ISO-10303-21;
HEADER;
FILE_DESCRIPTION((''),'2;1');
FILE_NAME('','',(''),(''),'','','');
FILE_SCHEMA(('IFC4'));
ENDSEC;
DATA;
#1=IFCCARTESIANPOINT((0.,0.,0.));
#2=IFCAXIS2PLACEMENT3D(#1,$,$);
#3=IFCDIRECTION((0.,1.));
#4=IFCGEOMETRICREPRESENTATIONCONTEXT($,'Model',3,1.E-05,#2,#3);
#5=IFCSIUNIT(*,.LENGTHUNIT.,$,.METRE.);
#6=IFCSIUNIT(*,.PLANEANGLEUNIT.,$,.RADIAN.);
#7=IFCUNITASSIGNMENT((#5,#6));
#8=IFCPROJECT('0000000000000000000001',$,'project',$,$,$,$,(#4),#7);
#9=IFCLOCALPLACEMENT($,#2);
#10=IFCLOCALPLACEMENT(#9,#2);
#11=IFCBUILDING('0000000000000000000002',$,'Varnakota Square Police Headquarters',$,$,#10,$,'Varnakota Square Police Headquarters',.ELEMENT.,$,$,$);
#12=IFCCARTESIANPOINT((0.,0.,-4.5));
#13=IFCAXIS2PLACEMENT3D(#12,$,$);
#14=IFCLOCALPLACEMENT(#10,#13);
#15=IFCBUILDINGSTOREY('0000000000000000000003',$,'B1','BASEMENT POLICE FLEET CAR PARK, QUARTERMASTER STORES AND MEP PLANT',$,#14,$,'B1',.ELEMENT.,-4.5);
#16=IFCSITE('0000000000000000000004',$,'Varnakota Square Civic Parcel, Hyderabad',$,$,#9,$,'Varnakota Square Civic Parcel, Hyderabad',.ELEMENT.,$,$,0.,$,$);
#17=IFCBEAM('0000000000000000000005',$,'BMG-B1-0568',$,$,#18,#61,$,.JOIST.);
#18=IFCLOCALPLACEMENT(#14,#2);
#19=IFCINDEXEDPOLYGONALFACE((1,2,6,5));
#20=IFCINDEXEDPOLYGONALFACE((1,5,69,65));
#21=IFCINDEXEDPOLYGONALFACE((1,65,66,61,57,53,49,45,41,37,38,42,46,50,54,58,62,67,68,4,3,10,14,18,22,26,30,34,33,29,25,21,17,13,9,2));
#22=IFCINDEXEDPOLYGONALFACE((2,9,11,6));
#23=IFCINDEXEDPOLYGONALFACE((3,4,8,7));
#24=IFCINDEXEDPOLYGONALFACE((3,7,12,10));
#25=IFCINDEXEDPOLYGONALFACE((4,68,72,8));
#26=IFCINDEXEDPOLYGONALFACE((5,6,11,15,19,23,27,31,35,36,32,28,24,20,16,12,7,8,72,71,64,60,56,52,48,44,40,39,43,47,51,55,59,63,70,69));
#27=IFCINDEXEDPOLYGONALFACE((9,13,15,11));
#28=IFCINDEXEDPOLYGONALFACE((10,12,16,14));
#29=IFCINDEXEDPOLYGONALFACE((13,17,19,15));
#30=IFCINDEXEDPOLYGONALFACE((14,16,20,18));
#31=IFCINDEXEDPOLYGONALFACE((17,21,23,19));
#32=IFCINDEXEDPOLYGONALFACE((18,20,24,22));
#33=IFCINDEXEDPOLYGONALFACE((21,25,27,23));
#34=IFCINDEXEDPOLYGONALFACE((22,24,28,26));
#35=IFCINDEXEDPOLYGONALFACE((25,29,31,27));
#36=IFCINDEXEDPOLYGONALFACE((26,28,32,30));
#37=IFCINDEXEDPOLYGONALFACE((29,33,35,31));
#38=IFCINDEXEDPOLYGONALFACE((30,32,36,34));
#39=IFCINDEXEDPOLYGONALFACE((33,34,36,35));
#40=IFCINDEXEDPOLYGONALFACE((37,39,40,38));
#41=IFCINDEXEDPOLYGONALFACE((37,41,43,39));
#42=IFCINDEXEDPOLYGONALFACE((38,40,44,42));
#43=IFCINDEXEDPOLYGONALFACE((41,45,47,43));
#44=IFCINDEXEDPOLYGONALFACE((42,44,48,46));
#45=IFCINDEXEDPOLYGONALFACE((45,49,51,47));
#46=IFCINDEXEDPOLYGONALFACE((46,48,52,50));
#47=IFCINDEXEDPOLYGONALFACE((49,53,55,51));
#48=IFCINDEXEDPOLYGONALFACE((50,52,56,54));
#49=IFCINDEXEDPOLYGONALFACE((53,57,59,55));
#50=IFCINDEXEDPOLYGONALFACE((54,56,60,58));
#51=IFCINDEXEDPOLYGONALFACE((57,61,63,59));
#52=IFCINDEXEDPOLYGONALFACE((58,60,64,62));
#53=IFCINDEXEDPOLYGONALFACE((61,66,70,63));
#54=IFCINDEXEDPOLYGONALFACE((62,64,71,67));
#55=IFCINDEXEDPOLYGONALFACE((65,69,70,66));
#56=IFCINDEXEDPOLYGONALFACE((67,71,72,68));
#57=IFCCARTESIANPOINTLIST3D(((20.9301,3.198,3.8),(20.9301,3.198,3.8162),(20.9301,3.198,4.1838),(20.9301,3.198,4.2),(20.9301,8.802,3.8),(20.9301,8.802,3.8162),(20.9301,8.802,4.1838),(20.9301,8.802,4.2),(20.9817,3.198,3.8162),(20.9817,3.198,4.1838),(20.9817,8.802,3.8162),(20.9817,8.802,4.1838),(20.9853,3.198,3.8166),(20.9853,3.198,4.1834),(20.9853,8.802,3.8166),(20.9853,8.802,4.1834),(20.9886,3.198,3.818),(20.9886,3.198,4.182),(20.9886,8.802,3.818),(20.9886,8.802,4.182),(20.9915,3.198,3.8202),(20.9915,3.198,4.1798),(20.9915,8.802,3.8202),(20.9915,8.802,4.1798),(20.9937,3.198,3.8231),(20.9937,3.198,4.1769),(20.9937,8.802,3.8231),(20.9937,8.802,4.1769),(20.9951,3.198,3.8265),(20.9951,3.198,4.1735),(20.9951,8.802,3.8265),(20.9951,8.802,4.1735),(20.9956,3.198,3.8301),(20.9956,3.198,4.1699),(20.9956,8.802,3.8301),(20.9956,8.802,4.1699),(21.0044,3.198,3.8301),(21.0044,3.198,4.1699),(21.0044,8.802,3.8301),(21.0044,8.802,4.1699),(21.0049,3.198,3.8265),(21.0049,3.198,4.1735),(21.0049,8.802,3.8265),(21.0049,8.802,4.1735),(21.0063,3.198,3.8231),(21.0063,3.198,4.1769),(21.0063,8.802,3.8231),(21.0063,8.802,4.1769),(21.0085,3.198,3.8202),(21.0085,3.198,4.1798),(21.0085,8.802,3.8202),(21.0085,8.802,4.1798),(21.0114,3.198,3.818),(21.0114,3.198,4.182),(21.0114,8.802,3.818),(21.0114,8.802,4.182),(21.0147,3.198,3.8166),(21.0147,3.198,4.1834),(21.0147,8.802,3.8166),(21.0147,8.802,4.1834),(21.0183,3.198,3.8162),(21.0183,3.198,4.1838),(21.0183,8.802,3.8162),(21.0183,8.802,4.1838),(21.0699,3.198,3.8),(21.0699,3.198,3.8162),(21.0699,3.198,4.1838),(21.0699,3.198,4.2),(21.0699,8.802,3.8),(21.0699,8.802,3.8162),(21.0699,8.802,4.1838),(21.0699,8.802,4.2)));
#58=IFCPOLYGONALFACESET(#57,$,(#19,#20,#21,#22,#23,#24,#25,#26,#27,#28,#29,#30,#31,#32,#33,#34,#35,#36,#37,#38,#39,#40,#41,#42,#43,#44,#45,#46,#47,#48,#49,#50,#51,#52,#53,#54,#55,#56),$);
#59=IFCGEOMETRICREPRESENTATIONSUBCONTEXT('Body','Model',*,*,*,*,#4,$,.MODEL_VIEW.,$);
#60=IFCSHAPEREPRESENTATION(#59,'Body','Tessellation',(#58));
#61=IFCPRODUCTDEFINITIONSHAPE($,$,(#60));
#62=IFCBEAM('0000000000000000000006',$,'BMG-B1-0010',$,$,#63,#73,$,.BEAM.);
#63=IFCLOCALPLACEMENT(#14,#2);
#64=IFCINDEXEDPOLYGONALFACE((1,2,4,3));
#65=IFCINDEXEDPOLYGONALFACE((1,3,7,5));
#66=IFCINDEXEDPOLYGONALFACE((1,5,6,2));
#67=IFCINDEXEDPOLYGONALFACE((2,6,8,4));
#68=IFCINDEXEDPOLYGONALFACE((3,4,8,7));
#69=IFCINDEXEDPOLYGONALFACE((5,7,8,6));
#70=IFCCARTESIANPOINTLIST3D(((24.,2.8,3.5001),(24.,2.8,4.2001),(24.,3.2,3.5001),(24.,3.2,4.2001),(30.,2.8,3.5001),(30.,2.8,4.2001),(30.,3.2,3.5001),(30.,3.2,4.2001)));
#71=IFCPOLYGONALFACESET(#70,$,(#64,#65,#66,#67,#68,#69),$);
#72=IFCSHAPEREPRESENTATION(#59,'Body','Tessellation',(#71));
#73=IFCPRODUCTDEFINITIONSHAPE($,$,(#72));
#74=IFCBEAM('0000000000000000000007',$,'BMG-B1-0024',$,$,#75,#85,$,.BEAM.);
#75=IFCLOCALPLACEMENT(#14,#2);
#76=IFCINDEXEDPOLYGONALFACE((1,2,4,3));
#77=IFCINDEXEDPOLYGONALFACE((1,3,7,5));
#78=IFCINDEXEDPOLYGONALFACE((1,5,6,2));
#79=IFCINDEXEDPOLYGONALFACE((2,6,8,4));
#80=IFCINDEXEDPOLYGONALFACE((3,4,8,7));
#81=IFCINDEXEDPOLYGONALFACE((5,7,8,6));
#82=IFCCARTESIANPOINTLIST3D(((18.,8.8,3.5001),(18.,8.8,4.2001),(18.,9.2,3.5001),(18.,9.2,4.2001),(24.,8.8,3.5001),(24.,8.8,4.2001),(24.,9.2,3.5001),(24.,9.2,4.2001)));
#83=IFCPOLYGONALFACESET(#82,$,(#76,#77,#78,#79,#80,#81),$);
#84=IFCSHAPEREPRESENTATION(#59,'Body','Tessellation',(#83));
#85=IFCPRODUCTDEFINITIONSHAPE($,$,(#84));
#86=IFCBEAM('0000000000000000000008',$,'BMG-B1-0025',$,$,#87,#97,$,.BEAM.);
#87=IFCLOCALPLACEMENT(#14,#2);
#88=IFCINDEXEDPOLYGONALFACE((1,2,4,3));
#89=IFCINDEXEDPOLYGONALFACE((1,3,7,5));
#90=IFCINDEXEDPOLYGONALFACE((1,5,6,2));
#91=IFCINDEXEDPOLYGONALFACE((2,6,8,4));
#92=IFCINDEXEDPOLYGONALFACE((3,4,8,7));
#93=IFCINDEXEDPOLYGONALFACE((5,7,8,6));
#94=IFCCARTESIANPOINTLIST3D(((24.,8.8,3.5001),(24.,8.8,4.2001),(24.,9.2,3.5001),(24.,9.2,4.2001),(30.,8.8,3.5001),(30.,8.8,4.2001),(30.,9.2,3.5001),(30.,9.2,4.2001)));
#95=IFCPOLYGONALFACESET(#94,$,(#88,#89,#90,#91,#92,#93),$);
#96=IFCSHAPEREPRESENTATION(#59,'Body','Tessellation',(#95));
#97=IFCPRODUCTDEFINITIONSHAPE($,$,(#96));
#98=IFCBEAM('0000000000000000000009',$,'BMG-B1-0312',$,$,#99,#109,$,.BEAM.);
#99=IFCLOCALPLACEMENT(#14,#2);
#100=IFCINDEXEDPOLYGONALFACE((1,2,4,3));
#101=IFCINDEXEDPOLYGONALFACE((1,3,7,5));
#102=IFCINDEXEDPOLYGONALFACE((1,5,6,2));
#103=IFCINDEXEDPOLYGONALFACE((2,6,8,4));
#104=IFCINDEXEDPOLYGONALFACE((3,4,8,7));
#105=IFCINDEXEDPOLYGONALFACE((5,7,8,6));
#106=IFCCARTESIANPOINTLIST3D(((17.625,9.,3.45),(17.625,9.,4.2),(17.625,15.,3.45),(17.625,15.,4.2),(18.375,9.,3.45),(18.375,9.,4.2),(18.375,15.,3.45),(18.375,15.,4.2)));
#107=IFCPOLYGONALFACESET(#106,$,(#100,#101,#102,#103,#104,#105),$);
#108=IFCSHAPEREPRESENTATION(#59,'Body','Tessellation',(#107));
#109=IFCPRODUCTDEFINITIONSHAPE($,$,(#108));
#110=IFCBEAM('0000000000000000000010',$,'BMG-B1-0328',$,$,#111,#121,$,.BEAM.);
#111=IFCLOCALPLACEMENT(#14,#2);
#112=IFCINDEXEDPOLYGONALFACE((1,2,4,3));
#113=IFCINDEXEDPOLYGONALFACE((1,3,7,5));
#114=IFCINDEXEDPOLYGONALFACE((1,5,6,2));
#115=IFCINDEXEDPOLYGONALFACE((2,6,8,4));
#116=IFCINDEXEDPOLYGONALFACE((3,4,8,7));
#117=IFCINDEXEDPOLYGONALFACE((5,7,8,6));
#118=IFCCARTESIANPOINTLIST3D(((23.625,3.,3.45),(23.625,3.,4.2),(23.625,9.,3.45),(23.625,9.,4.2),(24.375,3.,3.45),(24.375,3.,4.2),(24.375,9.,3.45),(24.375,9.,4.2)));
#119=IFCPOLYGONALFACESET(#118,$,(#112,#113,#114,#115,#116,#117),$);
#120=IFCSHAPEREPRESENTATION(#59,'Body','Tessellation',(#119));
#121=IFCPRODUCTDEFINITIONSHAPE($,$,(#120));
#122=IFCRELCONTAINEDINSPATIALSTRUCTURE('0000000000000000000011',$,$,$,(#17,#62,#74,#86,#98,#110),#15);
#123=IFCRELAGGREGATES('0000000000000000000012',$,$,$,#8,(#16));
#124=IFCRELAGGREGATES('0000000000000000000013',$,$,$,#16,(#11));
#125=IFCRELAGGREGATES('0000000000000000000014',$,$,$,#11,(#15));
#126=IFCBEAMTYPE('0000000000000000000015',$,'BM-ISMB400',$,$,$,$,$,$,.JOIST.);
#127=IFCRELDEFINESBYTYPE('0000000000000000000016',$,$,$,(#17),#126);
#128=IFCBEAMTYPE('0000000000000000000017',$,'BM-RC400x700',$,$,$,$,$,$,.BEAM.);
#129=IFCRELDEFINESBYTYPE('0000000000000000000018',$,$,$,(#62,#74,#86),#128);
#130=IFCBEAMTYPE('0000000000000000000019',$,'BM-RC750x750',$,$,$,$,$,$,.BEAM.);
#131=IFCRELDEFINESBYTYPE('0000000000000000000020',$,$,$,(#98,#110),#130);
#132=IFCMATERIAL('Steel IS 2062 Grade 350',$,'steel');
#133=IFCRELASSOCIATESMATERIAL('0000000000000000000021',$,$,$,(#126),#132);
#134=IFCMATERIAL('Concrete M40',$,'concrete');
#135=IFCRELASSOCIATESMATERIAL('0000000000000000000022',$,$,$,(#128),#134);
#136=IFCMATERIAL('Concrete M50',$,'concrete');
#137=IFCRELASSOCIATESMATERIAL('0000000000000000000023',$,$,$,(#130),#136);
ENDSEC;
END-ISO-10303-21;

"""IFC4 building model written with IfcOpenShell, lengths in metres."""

from ifc_helpers import new_model, si_unit, direction, frame, origin, origin_2d, place, context, subcontext, project, spatial, rectangle, i_section, extrude, material, material_profile, profile_set, type_object, element, save


model = new_model("IFC4")

# Units and contexts
model_context = context("Model", 3, precision=1e-05, world=origin(), true_north=direction((0.0, 1.0)))
body_context = subcontext(model_context, "Body", "Model", "MODEL_VIEW")
ifc_project = project(units=[si_unit("LENGTHUNIT", "METRE"), si_unit("PLANEANGLEUNIT", "RADIAN")], contexts=[model_context])

# Site, building, storey
site_placement = place(None, origin())
site = spatial("IfcSite", under=ifc_project, at=site_placement, Name="Varnakota Square Civic Parcel, Hyderabad", LongName="Varnakota Square Civic Parcel, Hyderabad", CompositionType="ELEMENT", RefElevation=0.0)
building_placement = place(site_placement, origin())
building = spatial("IfcBuilding", under=site, at=building_placement, Name="Varnakota Square Police Headquarters", LongName="Varnakota Square Police Headquarters", CompositionType="ELEMENT")
storey_placement = place(building_placement, frame((0.0, 0.0, -4.5)))
storey = spatial("IfcBuildingStorey", under=building, at=storey_placement, Name="B1", Description="BASEMENT POLICE FLEET CAR PARK, QUARTERMASTER STORES AND MEP PLANT", LongName="B1", CompositionType="ELEMENT", Elevation=-4.5)

# Shared definitions
ifc_material_1 = material(Name="Concrete M40", Category="concrete")

# Beams
ifc_material_2 = material(Name="Steel IS 2062 Grade 350", Category="steel")
ifc_material_profile_1 = material_profile(ifc_material_2, i_section(OverallWidth=0.1399, OverallDepth=0.3999, WebThickness=0.0088, FlangeThickness=0.0161, FilletRadius=0.0139, at=origin_2d()), Name="ISMB 400")
ifc_profile_set_1 = profile_set([ifc_material_profile_1], Name="Steel IS 2062 Grade 350")
beam_type_1 = type_object("IfcBeamType", Name="BM-ISMB400", PredefinedType="JOIST", material=ifc_profile_set_1)
beam_1_placement = place(storey_placement, frame((21.0, 3.198, 4.0), z_axis=(0.0, 1.0, 0.0), x_axis=(-1.0, 0.0, 0.0)))
element("IfcBeam", 1, at=beam_1_placement, inside=storey, type_object=beam_type_1, Name="BMG-B1-0568", PredefinedType="JOIST", context=body_context, shape_type="SweptSolid", body=[
    extrude(i_section(OverallWidth=0.1399, OverallDepth=0.3999, WebThickness=0.0088, FlangeThickness=0.0161, FilletRadius=0.0139, at=origin_2d()), origin(), (0.0, 0.0, 1.0), 5.604),
])
ifc_material_profile_2 = material_profile(ifc_material_1, rectangle(XDim=0.3999, YDim=0.7, at=origin_2d()), Name="RC 400x700")
ifc_profile_set_2 = profile_set([ifc_material_profile_2], Name="Concrete M40")
beam_type_2 = type_object("IfcBeamType", Name="BM-RC400x700", PredefinedType="BEAM", material=ifc_profile_set_2)
for number, where, z_axis, x_axis, name in (
    (2, (24.0, 3.0, 3.8501), (1.0, 0.0, 0.0), (0.0, 1.0, 0.0), "BMG-B1-0010"),
    (3, (18.0, 9.0, 3.8501), (1.0, 0.0, 0.0), (0.0, 1.0, 0.0), "BMG-B1-0024"),
    (4, (24.0, 9.0, 3.8501), (1.0, 0.0, 0.0), (0.0, 1.0, 0.0), "BMG-B1-0025"),
):
    element("IfcBeam", number, at=place(storey_placement, frame(where, z_axis=z_axis, x_axis=x_axis)), inside=storey, type_object=beam_type_2, Name=name, PredefinedType="BEAM", context=body_context, shape_type="SweptSolid", body=[
        extrude(rectangle(XDim=0.3999, YDim=0.7, at=origin_2d()), origin(), (0.0, 0.0, 1.0), 6.0),
    ])
ifc_material_3 = material(Name="Concrete M50", Category="concrete")
ifc_material_profile_3 = material_profile(ifc_material_3, rectangle(XDim=0.75, YDim=0.75, at=origin_2d()), Name="RC 750x750")
ifc_profile_set_3 = profile_set([ifc_material_profile_3], Name="Concrete M50")
beam_type_3 = type_object("IfcBeamType", Name="BM-RC750x750", PredefinedType="BEAM", material=ifc_profile_set_3)
for number, where, z_axis, x_axis, name in (
    (5, (18.0, 9.0, 3.825), (0.0, 1.0, 0.0), (-1.0, 0.0, 0.0), "BMG-B1-0312"),
    (6, (24.0, 3.0, 3.825), (0.0, 1.0, 0.0), (-1.0, 0.0, 0.0), "BMG-B1-0328"),
):
    element("IfcBeam", number, at=place(storey_placement, frame(where, z_axis=z_axis, x_axis=x_axis)), inside=storey, type_object=beam_type_3, Name=name, PredefinedType="BEAM", context=body_context, shape_type="SweptSolid", body=[
        extrude(rectangle(XDim=0.75, YDim=0.75, at=origin_2d()), origin(), (0.0, 0.0, 1.0), 6.0),
    ])

save(model, "model.ifc")
